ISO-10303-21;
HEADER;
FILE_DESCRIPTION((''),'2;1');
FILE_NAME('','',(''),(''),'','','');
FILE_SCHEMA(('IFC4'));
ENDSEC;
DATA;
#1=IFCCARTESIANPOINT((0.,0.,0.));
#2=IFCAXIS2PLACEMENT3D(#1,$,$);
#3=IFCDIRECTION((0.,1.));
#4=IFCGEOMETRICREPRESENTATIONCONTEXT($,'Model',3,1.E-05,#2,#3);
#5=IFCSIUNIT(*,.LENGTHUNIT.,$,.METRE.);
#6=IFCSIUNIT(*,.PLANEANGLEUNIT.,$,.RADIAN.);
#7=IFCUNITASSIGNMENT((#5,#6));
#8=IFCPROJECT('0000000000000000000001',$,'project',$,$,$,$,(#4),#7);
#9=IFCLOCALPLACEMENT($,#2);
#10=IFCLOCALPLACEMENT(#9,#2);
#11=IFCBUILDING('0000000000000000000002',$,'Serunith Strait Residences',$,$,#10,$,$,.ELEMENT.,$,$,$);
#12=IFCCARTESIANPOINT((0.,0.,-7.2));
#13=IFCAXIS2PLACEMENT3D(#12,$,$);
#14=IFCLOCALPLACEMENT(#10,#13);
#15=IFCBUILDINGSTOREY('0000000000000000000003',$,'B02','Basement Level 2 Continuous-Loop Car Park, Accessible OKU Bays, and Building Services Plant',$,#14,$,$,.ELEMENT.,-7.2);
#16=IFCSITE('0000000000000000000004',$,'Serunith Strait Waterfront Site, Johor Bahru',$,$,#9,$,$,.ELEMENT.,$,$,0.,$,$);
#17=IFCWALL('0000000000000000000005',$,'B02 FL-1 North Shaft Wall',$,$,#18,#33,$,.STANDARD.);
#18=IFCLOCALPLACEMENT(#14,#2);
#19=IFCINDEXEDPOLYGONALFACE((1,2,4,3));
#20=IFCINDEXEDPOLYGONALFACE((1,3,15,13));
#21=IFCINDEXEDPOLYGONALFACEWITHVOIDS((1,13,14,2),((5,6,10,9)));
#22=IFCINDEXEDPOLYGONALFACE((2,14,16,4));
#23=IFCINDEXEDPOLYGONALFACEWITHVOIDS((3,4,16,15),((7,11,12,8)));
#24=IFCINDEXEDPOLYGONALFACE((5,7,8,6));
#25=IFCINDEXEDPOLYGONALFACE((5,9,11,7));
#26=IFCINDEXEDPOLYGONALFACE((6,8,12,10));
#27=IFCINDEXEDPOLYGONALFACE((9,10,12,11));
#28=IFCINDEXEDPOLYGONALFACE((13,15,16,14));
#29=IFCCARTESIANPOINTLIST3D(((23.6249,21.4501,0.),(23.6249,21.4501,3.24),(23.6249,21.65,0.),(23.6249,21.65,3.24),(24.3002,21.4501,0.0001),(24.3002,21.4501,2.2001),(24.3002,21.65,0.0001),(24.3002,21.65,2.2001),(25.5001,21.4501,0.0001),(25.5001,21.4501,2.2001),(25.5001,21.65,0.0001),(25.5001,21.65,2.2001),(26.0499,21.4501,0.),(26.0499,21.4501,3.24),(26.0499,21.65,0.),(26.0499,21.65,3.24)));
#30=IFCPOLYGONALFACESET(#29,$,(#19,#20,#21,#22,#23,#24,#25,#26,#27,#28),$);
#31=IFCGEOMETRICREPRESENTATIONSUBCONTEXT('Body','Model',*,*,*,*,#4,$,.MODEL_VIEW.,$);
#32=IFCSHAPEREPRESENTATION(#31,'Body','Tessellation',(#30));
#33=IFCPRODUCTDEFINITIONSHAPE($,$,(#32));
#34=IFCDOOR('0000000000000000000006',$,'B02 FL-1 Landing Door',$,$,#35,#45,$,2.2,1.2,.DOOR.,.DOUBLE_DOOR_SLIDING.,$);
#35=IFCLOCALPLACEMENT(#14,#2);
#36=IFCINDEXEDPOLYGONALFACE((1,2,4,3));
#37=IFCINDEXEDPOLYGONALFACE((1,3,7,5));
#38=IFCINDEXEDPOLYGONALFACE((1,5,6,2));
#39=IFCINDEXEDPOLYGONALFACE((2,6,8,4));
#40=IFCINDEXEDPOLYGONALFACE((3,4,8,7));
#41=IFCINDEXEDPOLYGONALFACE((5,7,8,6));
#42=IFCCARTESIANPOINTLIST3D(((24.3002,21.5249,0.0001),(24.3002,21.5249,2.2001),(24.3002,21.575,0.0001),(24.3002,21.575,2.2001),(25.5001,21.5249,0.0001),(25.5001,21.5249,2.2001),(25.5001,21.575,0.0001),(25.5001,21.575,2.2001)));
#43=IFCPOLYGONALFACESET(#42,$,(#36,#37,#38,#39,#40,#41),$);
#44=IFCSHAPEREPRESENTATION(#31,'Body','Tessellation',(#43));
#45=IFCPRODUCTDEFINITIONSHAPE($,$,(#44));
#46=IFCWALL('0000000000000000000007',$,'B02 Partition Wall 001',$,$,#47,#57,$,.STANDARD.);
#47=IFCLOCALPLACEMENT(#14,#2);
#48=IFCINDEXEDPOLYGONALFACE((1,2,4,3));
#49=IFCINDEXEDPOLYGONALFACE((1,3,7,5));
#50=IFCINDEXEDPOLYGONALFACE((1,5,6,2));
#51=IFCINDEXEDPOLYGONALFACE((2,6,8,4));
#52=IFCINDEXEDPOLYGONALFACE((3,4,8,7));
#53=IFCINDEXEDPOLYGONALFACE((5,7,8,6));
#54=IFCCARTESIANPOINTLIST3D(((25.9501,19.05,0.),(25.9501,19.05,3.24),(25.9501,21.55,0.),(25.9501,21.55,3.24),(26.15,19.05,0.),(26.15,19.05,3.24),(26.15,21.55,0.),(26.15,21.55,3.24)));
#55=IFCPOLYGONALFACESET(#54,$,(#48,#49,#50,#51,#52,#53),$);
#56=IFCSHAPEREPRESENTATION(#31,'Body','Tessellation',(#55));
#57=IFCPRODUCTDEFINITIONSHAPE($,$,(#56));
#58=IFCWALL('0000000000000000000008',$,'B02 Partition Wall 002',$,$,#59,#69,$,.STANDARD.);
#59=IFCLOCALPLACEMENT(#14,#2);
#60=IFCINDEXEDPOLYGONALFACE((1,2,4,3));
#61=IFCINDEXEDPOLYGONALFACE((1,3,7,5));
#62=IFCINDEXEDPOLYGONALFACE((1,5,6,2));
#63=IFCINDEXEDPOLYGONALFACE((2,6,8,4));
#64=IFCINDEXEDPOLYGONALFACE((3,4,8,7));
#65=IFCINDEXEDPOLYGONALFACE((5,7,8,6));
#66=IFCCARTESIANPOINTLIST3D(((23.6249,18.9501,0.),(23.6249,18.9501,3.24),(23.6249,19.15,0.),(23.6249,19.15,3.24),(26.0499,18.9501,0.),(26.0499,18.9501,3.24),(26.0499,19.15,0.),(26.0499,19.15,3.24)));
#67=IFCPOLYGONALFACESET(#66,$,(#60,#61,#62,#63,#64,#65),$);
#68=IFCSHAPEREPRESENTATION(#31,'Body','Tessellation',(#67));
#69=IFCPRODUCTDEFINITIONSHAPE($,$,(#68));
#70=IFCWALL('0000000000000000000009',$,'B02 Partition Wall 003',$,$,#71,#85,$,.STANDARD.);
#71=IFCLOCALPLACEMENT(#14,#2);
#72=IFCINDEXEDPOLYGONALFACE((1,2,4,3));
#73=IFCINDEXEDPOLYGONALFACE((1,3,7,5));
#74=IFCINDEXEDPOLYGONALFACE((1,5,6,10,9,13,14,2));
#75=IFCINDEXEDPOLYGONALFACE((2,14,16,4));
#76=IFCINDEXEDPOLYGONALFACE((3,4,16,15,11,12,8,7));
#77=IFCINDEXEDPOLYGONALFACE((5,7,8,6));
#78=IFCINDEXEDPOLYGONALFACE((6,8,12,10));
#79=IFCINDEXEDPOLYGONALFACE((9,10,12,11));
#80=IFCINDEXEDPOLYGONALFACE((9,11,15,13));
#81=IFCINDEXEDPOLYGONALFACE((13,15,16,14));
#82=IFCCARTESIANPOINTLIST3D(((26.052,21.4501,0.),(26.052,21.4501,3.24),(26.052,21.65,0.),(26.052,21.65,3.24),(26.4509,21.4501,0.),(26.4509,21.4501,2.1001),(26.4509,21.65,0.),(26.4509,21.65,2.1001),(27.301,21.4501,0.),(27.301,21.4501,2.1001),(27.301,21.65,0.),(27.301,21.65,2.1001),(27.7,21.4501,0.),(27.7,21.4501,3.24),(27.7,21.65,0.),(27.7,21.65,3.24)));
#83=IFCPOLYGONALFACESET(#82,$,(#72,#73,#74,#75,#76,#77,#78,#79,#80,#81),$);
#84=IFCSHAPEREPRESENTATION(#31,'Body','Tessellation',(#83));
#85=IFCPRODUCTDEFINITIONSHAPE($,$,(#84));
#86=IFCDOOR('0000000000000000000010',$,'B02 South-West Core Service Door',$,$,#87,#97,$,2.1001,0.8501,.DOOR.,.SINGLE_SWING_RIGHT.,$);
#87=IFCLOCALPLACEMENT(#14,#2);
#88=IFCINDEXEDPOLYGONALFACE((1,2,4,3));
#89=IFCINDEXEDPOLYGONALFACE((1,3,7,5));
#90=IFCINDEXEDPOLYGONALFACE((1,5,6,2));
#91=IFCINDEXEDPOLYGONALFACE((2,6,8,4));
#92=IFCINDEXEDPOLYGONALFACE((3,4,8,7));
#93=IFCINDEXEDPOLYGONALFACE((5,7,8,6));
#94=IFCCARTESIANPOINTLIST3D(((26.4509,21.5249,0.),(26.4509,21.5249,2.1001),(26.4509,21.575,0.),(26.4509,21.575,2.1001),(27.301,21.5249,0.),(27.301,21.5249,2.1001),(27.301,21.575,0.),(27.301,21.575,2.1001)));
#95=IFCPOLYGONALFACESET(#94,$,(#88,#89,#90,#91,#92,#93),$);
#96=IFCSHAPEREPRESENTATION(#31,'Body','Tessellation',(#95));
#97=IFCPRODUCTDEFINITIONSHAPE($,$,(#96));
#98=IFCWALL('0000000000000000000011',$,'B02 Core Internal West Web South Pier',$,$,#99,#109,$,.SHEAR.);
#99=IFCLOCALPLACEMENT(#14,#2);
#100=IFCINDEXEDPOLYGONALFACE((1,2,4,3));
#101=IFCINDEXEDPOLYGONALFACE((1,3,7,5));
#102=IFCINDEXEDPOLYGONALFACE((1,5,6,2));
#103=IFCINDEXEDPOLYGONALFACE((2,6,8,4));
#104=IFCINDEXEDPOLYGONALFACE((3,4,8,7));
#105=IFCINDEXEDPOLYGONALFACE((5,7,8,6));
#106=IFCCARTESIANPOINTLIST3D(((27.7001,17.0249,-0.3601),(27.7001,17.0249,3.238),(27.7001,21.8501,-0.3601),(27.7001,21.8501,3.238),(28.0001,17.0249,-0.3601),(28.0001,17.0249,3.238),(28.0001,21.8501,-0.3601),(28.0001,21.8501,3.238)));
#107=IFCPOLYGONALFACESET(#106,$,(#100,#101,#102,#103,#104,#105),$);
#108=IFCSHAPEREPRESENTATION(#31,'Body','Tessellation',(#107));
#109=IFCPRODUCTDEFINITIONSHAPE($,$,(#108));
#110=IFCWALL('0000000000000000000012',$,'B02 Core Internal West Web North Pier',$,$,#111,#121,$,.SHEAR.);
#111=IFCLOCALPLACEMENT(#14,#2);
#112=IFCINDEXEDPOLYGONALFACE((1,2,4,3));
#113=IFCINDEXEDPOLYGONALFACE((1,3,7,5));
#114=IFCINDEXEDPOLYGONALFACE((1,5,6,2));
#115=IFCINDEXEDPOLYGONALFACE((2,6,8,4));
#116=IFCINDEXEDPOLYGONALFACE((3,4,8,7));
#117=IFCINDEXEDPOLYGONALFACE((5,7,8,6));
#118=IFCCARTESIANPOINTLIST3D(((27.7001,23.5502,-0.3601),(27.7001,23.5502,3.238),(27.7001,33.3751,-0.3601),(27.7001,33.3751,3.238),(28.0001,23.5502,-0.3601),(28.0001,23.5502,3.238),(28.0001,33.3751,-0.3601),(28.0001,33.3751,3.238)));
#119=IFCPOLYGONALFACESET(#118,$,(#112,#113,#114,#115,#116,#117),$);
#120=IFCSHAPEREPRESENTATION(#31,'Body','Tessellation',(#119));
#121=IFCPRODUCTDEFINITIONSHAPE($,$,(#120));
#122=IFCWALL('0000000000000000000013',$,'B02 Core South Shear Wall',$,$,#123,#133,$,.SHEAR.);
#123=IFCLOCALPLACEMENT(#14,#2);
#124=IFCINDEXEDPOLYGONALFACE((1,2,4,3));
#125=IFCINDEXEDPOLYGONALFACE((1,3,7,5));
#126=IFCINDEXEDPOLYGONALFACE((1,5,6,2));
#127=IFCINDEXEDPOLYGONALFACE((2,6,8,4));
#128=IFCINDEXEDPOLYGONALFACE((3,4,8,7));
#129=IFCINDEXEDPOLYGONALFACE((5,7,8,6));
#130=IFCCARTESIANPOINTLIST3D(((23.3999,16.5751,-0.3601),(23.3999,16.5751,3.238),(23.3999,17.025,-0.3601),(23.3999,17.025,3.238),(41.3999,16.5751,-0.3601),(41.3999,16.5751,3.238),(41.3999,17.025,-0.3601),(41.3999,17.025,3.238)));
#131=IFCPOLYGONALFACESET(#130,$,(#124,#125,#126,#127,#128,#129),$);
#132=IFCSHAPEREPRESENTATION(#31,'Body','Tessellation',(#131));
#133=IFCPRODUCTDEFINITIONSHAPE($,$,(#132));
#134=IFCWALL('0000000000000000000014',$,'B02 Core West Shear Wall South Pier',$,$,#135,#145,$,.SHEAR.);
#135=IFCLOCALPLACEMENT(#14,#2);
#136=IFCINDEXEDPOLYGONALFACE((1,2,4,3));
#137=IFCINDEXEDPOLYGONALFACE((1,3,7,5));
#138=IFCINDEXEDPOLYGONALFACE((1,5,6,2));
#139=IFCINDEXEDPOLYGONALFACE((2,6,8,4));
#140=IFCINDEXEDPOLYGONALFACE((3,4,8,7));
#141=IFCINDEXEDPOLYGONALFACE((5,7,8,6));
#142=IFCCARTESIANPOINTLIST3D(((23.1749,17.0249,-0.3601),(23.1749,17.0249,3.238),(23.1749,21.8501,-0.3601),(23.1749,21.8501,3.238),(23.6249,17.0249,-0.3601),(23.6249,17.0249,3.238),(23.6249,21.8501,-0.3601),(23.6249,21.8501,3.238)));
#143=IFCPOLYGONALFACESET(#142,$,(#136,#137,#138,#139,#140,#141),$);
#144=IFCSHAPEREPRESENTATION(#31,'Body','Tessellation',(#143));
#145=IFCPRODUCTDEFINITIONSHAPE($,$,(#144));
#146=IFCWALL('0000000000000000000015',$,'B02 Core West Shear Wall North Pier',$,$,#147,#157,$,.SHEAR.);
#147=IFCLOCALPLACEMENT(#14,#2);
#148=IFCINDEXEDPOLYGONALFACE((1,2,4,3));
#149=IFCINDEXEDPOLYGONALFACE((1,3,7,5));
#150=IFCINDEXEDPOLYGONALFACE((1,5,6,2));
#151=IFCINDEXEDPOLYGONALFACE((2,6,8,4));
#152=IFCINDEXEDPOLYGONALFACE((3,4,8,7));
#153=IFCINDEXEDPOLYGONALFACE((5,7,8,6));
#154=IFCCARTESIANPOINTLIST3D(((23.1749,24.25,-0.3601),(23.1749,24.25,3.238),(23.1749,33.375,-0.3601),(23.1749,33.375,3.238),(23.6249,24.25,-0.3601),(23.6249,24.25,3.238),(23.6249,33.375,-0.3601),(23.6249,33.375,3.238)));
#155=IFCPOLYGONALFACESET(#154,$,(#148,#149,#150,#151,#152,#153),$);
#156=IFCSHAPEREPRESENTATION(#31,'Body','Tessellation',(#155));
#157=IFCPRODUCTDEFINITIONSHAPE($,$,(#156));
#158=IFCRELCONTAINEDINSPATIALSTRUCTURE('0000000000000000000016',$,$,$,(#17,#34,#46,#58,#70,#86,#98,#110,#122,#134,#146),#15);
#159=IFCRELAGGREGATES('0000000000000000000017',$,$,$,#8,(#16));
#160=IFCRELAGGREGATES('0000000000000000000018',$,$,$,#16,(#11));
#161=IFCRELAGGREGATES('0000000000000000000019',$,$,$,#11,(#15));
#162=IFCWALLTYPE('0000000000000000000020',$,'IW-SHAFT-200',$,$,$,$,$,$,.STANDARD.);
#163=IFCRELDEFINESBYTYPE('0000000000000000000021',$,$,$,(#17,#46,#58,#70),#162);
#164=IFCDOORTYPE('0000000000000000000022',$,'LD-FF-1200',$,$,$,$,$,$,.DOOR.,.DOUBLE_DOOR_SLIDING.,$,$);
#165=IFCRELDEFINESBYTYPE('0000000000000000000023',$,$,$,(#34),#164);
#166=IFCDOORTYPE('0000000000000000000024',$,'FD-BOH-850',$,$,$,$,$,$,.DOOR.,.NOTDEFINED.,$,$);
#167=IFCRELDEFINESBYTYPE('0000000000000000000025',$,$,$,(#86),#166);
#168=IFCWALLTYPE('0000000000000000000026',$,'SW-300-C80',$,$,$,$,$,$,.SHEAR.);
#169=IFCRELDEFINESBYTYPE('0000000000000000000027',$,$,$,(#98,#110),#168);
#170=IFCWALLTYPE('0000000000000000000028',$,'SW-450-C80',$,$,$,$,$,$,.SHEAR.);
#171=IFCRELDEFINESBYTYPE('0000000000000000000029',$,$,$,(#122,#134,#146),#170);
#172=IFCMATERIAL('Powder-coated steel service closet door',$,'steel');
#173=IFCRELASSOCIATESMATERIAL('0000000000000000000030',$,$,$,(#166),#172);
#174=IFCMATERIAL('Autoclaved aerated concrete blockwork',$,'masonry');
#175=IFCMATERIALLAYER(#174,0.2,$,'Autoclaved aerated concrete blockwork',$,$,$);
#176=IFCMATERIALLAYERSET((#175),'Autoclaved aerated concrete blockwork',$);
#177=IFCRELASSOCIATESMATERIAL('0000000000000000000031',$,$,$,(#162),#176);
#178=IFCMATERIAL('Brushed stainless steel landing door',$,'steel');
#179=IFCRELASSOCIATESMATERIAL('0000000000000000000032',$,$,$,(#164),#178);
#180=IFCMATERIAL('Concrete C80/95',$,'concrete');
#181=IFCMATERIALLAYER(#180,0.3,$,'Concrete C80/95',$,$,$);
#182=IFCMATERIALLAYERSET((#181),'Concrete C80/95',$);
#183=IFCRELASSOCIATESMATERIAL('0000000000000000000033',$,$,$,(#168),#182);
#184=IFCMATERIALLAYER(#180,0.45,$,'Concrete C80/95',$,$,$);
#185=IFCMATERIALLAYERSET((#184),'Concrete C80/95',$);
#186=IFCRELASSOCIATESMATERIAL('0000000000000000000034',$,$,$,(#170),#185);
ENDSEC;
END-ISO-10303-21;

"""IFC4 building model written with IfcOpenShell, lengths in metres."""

from ifc_helpers import new_model, si_unit, direction, frame, frame_2d, origin, place, context, subcontext, project, spatial, rectangle, extrude, source, transform, mapped, material, layer, layer_set, type_object, element, fill, save


model = new_model("IFC4")

# Units and contexts
model_context = context("Model", 3, precision=1e-05, world=origin(), true_north=direction((0.0, 1.0)))
body_context = subcontext(model_context, "Body", "Model", "MODEL_VIEW")
ifc_project = project(units=[si_unit("LENGTHUNIT", "METRE"), si_unit("PLANEANGLEUNIT", "RADIAN")], contexts=[model_context])

# Site, building, storey
site_placement = place(None, origin())
site = spatial("IfcSite", under=ifc_project, at=site_placement, Name="Serunith Strait Waterfront Site, Johor Bahru", CompositionType="ELEMENT", RefElevation=0.0)
building_placement = place(site_placement, origin())
building = spatial("IfcBuilding", under=site, at=building_placement, Name="Serunith Strait Residences", CompositionType="ELEMENT")
storey_placement = place(building_placement, frame((0.0, 0.0, -7.2)))
storey = spatial("IfcBuildingStorey", under=building, at=storey_placement, Name="B02", Description="Basement Level 2 Continuous-Loop Car Park, Accessible OKU Bays, and Building Services Plant", CompositionType="ELEMENT", Elevation=-7.2)

# Wall, opening, door
ifc_material_1 = material(Name="Powder-coated steel service closet door", Category="steel")
door_type_1 = type_object("IfcDoorType", Name="FD-BOH-850", OperationType="NOTDEFINED", PredefinedType="DOOR", material=ifc_material_1)
shared_shape_1 = source(origin(), body_context, "Body", "SweptSolid", [
    extrude(rectangle(XDim=0.8501, YDim=2.1001, at=frame_2d((0.425, 1.05))), frame((0.0, 0.0249, 0.0), z_axis=(0.0, -1.0, 0.0), x_axis=(1.0, 0.0, 0.0)), (0.0, 0.0, 1.0), 0.05),
])
ifc_material_2 = material(Name="Autoclaved aerated concrete blockwork", Category="masonry")
ifc_layer_1 = layer(ifc_material_2, 0.2, Name="Autoclaved aerated concrete blockwork")
ifc_layer_set_1 = layer_set([ifc_layer_1], Name="Autoclaved aerated concrete blockwork")
wall_type_1 = type_object("IfcWallType", Name="IW-SHAFT-200", PredefinedType="STANDARD", material=ifc_layer_set_1)
wall_1_placement = place(storey_placement, frame((23.625, 21.55, 0.0), z_axis=(0.0, 0.0, 1.0), x_axis=(1.0, 0.0, 0.0)))
wall_1 = element("IfcWall", 1, at=wall_1_placement, inside=storey, type_object=wall_type_1, Name="B02 FL-1 North Shaft Wall", PredefinedType="STANDARD", context=body_context, shape_type="SweptSolid", body=[
    extrude(rectangle(XDim=2.425, YDim=0.2, at=frame_2d((1.2124, 0.0))), origin(), (0.0, 0.0, 1.0), 3.24),
])
opening_1_placement = place(wall_1_placement, frame((0.675, 0.0, 0.0)))
opening_1 = element("IfcOpeningElement", 2, at=opening_1_placement, cuts=wall_1, PredefinedType="OPENING", context=body_context, shape_type="SweptSolid", body=[
    extrude(rectangle(XDim=1.2, YDim=2.2, at=frame_2d((0.6001, 1.1001))), frame((0.0, 0.1099, 0.0), z_axis=(0.0, -1.0, 0.0), x_axis=(1.0, 0.0, 0.0)), (0.0, 0.0, 1.0), 0.22),
])
ifc_material_3 = material(Name="Brushed stainless steel landing door", Category="steel")
door_type_2 = type_object("IfcDoorType", Name="LD-FF-1200", OperationType="DOUBLE_DOOR_SLIDING", PredefinedType="DOOR", material=ifc_material_3)
shared_shape_2 = source(origin(), body_context, "Body", "SweptSolid", [
    extrude(rectangle(XDim=1.2, YDim=2.2, at=frame_2d((0.6001, 1.1001))), frame((0.0, 0.0249, 0.0), z_axis=(0.0, -1.0, 0.0), x_axis=(1.0, 0.0, 0.0)), (0.0, 0.0, 1.0), 0.05),
])
door_1_placement = place(opening_1_placement, origin())
door_1 = element("IfcDoor", 3, at=door_1_placement, inside=storey, type_object=door_type_2, Name="B02 FL-1 Landing Door", OperationType="DOUBLE_DOOR_SLIDING", OverallHeight=2.2, OverallWidth=1.2, PredefinedType="DOOR", context=body_context, shape_type="MappedRepresentation", body=[
    mapped(shared_shape_2, transform((0.0, 0.0, 0.0), scale=1.0)),
])
fill(opening_1, door_1)

# Walls
wall_2_placement = place(storey_placement, frame((26.05, 19.05, 0.0), z_axis=(0.0, 0.0, 1.0), x_axis=(0.0, 1.0, 0.0)))
element("IfcWall", 4, at=wall_2_placement, inside=storey, type_object=wall_type_1, Name="B02 Partition Wall 001", PredefinedType="STANDARD", context=body_context, shape_type="SweptSolid", body=[
    extrude(rectangle(XDim=2.5, YDim=0.2, at=frame_2d((1.25, 0.0))), origin(), (0.0, 0.0, 1.0), 3.24),
])
wall_3_placement = place(storey_placement, frame((23.625, 19.05, 0.0), z_axis=(0.0, 0.0, 1.0), x_axis=(1.0, 0.0, 0.0)))
element("IfcWall", 5, at=wall_3_placement, inside=storey, type_object=wall_type_1, Name="B02 Partition Wall 002", PredefinedType="STANDARD", context=body_context, shape_type="SweptSolid", body=[
    extrude(rectangle(XDim=2.425, YDim=0.2, at=frame_2d((1.2124, 0.0))), origin(), (0.0, 0.0, 1.0), 3.24),
])

# Wall, opening, door
wall_4_placement = place(storey_placement, frame((26.052, 21.55, 0.0), z_axis=(0.0, 0.0, 1.0), x_axis=(1.0, 0.0, 0.0)))
wall_4 = element("IfcWall", 6, at=wall_4_placement, inside=storey, type_object=wall_type_1, Name="B02 Partition Wall 003", PredefinedType="STANDARD", context=body_context, shape_type="SweptSolid", body=[
    extrude(rectangle(XDim=1.6479, YDim=0.2, at=frame_2d((0.824, 0.0))), origin(), (0.0, 0.0, 1.0), 3.24),
])
opening_2_placement = place(wall_4_placement, frame((0.3989, 0.0, 0.0)))
opening_2 = element("IfcOpeningElement", 7, at=opening_2_placement, cuts=wall_4, PredefinedType="OPENING", context=body_context, shape_type="SweptSolid", body=[
    extrude(rectangle(XDim=0.8501, YDim=2.1001, at=frame_2d((0.425, 1.05))), frame((0.0, 0.1099, 0.0), z_axis=(0.0, -1.0, 0.0), x_axis=(1.0, 0.0, 0.0)), (0.0, 0.0, 1.0), 0.22),
])
door_2_placement = place(opening_2_placement, origin())
door_2 = element("IfcDoor", 8, at=door_2_placement, inside=storey, type_object=door_type_1, Name="B02 South-West Core Service Door", OperationType="SINGLE_SWING_RIGHT", OverallHeight=2.1001, OverallWidth=0.8501, PredefinedType="DOOR", context=body_context, shape_type="MappedRepresentation", body=[
    mapped(shared_shape_1, transform((0.0, 0.0, 0.0), scale=1.0)),
])
fill(opening_2, door_2)

# Walls
ifc_material_4 = material(Name="Concrete C80/95", Category="concrete")
ifc_layer_2 = layer(ifc_material_4, 0.3, Name="Concrete C80/95")
ifc_layer_set_2 = layer_set([ifc_layer_2], Name="Concrete C80/95")
wall_type_2 = type_object("IfcWallType", Name="SW-300-C80", PredefinedType="SHEAR", material=ifc_layer_set_2)
wall_5_placement = place(storey_placement, frame((27.8501, 17.0249, -0.3601), z_axis=(0.0, 0.0, 1.0), x_axis=(0.0, 1.0, 0.0)))
element("IfcWall", 9, at=wall_5_placement, inside=storey, type_object=wall_type_2, Name="B02 Core Internal West Web South Pier", PredefinedType="SHEAR", context=body_context, shape_type="SweptSolid", body=[
    extrude(rectangle(XDim=4.8252, YDim=0.3, at=frame_2d((2.4126, 0.0))), origin(), (0.0, 0.0, 1.0), 3.5981),
])
wall_6_placement = place(storey_placement, frame((27.8501, 23.55, -0.3601), z_axis=(0.0, 0.0, 1.0), x_axis=(0.0, 1.0, 0.0)))
element("IfcWall", 10, at=wall_6_placement, inside=storey, type_object=wall_type_2, Name="B02 Core Internal West Web North Pier", PredefinedType="SHEAR", context=body_context, shape_type="SweptSolid", body=[
    extrude(rectangle(XDim=9.825, YDim=0.3, at=frame_2d((4.9126, 0.0))), origin(), (0.0, 0.0, 1.0), 3.5981),
])
ifc_layer_3 = layer(ifc_material_4, 0.45, Name="Concrete C80/95")
ifc_layer_set_3 = layer_set([ifc_layer_3], Name="Concrete C80/95")
wall_type_3 = type_object("IfcWallType", Name="SW-450-C80", PredefinedType="SHEAR", material=ifc_layer_set_3)
wall_7_placement = place(storey_placement, frame((23.3999, 16.8, -0.3601), z_axis=(0.0, 0.0, 1.0), x_axis=(1.0, 0.0, 0.0)))
element("IfcWall", 11, at=wall_7_placement, inside=storey, type_object=wall_type_3, Name="B02 Core South Shear Wall", PredefinedType="SHEAR", context=body_context, shape_type="SweptSolid", body=[
    extrude(rectangle(XDim=18.0, YDim=0.45, at=frame_2d((9.0, 0.0))), origin(), (0.0, 0.0, 1.0), 3.5981),
])
wall_8_placement = place(storey_placement, frame((23.3999, 17.0249, -0.3601), z_axis=(0.0, 0.0, 1.0), x_axis=(0.0, 1.0, 0.0)))
element("IfcWall", 12, at=wall_8_placement, inside=storey, type_object=wall_type_3, Name="B02 Core West Shear Wall South Pier", PredefinedType="SHEAR", context=body_context, shape_type="SweptSolid", body=[
    extrude(rectangle(XDim=4.8252, YDim=0.45, at=frame_2d((2.4126, 0.0))), origin(), (0.0, 0.0, 1.0), 3.5981),
])
wall_9_placement = place(storey_placement, frame((23.3999, 24.25, -0.3601), z_axis=(0.0, 0.0, 1.0), x_axis=(0.0, 1.0, 0.0)))
element("IfcWall", 13, at=wall_9_placement, inside=storey, type_object=wall_type_3, Name="B02 Core West Shear Wall North Pier", PredefinedType="SHEAR", context=body_context, shape_type="SweptSolid", body=[
    extrude(rectangle(XDim=9.125, YDim=0.45, at=frame_2d((4.5625, 0.0))), origin(), (0.0, 0.0, 1.0), 3.5981),
])

save(model, "model.ifc")
